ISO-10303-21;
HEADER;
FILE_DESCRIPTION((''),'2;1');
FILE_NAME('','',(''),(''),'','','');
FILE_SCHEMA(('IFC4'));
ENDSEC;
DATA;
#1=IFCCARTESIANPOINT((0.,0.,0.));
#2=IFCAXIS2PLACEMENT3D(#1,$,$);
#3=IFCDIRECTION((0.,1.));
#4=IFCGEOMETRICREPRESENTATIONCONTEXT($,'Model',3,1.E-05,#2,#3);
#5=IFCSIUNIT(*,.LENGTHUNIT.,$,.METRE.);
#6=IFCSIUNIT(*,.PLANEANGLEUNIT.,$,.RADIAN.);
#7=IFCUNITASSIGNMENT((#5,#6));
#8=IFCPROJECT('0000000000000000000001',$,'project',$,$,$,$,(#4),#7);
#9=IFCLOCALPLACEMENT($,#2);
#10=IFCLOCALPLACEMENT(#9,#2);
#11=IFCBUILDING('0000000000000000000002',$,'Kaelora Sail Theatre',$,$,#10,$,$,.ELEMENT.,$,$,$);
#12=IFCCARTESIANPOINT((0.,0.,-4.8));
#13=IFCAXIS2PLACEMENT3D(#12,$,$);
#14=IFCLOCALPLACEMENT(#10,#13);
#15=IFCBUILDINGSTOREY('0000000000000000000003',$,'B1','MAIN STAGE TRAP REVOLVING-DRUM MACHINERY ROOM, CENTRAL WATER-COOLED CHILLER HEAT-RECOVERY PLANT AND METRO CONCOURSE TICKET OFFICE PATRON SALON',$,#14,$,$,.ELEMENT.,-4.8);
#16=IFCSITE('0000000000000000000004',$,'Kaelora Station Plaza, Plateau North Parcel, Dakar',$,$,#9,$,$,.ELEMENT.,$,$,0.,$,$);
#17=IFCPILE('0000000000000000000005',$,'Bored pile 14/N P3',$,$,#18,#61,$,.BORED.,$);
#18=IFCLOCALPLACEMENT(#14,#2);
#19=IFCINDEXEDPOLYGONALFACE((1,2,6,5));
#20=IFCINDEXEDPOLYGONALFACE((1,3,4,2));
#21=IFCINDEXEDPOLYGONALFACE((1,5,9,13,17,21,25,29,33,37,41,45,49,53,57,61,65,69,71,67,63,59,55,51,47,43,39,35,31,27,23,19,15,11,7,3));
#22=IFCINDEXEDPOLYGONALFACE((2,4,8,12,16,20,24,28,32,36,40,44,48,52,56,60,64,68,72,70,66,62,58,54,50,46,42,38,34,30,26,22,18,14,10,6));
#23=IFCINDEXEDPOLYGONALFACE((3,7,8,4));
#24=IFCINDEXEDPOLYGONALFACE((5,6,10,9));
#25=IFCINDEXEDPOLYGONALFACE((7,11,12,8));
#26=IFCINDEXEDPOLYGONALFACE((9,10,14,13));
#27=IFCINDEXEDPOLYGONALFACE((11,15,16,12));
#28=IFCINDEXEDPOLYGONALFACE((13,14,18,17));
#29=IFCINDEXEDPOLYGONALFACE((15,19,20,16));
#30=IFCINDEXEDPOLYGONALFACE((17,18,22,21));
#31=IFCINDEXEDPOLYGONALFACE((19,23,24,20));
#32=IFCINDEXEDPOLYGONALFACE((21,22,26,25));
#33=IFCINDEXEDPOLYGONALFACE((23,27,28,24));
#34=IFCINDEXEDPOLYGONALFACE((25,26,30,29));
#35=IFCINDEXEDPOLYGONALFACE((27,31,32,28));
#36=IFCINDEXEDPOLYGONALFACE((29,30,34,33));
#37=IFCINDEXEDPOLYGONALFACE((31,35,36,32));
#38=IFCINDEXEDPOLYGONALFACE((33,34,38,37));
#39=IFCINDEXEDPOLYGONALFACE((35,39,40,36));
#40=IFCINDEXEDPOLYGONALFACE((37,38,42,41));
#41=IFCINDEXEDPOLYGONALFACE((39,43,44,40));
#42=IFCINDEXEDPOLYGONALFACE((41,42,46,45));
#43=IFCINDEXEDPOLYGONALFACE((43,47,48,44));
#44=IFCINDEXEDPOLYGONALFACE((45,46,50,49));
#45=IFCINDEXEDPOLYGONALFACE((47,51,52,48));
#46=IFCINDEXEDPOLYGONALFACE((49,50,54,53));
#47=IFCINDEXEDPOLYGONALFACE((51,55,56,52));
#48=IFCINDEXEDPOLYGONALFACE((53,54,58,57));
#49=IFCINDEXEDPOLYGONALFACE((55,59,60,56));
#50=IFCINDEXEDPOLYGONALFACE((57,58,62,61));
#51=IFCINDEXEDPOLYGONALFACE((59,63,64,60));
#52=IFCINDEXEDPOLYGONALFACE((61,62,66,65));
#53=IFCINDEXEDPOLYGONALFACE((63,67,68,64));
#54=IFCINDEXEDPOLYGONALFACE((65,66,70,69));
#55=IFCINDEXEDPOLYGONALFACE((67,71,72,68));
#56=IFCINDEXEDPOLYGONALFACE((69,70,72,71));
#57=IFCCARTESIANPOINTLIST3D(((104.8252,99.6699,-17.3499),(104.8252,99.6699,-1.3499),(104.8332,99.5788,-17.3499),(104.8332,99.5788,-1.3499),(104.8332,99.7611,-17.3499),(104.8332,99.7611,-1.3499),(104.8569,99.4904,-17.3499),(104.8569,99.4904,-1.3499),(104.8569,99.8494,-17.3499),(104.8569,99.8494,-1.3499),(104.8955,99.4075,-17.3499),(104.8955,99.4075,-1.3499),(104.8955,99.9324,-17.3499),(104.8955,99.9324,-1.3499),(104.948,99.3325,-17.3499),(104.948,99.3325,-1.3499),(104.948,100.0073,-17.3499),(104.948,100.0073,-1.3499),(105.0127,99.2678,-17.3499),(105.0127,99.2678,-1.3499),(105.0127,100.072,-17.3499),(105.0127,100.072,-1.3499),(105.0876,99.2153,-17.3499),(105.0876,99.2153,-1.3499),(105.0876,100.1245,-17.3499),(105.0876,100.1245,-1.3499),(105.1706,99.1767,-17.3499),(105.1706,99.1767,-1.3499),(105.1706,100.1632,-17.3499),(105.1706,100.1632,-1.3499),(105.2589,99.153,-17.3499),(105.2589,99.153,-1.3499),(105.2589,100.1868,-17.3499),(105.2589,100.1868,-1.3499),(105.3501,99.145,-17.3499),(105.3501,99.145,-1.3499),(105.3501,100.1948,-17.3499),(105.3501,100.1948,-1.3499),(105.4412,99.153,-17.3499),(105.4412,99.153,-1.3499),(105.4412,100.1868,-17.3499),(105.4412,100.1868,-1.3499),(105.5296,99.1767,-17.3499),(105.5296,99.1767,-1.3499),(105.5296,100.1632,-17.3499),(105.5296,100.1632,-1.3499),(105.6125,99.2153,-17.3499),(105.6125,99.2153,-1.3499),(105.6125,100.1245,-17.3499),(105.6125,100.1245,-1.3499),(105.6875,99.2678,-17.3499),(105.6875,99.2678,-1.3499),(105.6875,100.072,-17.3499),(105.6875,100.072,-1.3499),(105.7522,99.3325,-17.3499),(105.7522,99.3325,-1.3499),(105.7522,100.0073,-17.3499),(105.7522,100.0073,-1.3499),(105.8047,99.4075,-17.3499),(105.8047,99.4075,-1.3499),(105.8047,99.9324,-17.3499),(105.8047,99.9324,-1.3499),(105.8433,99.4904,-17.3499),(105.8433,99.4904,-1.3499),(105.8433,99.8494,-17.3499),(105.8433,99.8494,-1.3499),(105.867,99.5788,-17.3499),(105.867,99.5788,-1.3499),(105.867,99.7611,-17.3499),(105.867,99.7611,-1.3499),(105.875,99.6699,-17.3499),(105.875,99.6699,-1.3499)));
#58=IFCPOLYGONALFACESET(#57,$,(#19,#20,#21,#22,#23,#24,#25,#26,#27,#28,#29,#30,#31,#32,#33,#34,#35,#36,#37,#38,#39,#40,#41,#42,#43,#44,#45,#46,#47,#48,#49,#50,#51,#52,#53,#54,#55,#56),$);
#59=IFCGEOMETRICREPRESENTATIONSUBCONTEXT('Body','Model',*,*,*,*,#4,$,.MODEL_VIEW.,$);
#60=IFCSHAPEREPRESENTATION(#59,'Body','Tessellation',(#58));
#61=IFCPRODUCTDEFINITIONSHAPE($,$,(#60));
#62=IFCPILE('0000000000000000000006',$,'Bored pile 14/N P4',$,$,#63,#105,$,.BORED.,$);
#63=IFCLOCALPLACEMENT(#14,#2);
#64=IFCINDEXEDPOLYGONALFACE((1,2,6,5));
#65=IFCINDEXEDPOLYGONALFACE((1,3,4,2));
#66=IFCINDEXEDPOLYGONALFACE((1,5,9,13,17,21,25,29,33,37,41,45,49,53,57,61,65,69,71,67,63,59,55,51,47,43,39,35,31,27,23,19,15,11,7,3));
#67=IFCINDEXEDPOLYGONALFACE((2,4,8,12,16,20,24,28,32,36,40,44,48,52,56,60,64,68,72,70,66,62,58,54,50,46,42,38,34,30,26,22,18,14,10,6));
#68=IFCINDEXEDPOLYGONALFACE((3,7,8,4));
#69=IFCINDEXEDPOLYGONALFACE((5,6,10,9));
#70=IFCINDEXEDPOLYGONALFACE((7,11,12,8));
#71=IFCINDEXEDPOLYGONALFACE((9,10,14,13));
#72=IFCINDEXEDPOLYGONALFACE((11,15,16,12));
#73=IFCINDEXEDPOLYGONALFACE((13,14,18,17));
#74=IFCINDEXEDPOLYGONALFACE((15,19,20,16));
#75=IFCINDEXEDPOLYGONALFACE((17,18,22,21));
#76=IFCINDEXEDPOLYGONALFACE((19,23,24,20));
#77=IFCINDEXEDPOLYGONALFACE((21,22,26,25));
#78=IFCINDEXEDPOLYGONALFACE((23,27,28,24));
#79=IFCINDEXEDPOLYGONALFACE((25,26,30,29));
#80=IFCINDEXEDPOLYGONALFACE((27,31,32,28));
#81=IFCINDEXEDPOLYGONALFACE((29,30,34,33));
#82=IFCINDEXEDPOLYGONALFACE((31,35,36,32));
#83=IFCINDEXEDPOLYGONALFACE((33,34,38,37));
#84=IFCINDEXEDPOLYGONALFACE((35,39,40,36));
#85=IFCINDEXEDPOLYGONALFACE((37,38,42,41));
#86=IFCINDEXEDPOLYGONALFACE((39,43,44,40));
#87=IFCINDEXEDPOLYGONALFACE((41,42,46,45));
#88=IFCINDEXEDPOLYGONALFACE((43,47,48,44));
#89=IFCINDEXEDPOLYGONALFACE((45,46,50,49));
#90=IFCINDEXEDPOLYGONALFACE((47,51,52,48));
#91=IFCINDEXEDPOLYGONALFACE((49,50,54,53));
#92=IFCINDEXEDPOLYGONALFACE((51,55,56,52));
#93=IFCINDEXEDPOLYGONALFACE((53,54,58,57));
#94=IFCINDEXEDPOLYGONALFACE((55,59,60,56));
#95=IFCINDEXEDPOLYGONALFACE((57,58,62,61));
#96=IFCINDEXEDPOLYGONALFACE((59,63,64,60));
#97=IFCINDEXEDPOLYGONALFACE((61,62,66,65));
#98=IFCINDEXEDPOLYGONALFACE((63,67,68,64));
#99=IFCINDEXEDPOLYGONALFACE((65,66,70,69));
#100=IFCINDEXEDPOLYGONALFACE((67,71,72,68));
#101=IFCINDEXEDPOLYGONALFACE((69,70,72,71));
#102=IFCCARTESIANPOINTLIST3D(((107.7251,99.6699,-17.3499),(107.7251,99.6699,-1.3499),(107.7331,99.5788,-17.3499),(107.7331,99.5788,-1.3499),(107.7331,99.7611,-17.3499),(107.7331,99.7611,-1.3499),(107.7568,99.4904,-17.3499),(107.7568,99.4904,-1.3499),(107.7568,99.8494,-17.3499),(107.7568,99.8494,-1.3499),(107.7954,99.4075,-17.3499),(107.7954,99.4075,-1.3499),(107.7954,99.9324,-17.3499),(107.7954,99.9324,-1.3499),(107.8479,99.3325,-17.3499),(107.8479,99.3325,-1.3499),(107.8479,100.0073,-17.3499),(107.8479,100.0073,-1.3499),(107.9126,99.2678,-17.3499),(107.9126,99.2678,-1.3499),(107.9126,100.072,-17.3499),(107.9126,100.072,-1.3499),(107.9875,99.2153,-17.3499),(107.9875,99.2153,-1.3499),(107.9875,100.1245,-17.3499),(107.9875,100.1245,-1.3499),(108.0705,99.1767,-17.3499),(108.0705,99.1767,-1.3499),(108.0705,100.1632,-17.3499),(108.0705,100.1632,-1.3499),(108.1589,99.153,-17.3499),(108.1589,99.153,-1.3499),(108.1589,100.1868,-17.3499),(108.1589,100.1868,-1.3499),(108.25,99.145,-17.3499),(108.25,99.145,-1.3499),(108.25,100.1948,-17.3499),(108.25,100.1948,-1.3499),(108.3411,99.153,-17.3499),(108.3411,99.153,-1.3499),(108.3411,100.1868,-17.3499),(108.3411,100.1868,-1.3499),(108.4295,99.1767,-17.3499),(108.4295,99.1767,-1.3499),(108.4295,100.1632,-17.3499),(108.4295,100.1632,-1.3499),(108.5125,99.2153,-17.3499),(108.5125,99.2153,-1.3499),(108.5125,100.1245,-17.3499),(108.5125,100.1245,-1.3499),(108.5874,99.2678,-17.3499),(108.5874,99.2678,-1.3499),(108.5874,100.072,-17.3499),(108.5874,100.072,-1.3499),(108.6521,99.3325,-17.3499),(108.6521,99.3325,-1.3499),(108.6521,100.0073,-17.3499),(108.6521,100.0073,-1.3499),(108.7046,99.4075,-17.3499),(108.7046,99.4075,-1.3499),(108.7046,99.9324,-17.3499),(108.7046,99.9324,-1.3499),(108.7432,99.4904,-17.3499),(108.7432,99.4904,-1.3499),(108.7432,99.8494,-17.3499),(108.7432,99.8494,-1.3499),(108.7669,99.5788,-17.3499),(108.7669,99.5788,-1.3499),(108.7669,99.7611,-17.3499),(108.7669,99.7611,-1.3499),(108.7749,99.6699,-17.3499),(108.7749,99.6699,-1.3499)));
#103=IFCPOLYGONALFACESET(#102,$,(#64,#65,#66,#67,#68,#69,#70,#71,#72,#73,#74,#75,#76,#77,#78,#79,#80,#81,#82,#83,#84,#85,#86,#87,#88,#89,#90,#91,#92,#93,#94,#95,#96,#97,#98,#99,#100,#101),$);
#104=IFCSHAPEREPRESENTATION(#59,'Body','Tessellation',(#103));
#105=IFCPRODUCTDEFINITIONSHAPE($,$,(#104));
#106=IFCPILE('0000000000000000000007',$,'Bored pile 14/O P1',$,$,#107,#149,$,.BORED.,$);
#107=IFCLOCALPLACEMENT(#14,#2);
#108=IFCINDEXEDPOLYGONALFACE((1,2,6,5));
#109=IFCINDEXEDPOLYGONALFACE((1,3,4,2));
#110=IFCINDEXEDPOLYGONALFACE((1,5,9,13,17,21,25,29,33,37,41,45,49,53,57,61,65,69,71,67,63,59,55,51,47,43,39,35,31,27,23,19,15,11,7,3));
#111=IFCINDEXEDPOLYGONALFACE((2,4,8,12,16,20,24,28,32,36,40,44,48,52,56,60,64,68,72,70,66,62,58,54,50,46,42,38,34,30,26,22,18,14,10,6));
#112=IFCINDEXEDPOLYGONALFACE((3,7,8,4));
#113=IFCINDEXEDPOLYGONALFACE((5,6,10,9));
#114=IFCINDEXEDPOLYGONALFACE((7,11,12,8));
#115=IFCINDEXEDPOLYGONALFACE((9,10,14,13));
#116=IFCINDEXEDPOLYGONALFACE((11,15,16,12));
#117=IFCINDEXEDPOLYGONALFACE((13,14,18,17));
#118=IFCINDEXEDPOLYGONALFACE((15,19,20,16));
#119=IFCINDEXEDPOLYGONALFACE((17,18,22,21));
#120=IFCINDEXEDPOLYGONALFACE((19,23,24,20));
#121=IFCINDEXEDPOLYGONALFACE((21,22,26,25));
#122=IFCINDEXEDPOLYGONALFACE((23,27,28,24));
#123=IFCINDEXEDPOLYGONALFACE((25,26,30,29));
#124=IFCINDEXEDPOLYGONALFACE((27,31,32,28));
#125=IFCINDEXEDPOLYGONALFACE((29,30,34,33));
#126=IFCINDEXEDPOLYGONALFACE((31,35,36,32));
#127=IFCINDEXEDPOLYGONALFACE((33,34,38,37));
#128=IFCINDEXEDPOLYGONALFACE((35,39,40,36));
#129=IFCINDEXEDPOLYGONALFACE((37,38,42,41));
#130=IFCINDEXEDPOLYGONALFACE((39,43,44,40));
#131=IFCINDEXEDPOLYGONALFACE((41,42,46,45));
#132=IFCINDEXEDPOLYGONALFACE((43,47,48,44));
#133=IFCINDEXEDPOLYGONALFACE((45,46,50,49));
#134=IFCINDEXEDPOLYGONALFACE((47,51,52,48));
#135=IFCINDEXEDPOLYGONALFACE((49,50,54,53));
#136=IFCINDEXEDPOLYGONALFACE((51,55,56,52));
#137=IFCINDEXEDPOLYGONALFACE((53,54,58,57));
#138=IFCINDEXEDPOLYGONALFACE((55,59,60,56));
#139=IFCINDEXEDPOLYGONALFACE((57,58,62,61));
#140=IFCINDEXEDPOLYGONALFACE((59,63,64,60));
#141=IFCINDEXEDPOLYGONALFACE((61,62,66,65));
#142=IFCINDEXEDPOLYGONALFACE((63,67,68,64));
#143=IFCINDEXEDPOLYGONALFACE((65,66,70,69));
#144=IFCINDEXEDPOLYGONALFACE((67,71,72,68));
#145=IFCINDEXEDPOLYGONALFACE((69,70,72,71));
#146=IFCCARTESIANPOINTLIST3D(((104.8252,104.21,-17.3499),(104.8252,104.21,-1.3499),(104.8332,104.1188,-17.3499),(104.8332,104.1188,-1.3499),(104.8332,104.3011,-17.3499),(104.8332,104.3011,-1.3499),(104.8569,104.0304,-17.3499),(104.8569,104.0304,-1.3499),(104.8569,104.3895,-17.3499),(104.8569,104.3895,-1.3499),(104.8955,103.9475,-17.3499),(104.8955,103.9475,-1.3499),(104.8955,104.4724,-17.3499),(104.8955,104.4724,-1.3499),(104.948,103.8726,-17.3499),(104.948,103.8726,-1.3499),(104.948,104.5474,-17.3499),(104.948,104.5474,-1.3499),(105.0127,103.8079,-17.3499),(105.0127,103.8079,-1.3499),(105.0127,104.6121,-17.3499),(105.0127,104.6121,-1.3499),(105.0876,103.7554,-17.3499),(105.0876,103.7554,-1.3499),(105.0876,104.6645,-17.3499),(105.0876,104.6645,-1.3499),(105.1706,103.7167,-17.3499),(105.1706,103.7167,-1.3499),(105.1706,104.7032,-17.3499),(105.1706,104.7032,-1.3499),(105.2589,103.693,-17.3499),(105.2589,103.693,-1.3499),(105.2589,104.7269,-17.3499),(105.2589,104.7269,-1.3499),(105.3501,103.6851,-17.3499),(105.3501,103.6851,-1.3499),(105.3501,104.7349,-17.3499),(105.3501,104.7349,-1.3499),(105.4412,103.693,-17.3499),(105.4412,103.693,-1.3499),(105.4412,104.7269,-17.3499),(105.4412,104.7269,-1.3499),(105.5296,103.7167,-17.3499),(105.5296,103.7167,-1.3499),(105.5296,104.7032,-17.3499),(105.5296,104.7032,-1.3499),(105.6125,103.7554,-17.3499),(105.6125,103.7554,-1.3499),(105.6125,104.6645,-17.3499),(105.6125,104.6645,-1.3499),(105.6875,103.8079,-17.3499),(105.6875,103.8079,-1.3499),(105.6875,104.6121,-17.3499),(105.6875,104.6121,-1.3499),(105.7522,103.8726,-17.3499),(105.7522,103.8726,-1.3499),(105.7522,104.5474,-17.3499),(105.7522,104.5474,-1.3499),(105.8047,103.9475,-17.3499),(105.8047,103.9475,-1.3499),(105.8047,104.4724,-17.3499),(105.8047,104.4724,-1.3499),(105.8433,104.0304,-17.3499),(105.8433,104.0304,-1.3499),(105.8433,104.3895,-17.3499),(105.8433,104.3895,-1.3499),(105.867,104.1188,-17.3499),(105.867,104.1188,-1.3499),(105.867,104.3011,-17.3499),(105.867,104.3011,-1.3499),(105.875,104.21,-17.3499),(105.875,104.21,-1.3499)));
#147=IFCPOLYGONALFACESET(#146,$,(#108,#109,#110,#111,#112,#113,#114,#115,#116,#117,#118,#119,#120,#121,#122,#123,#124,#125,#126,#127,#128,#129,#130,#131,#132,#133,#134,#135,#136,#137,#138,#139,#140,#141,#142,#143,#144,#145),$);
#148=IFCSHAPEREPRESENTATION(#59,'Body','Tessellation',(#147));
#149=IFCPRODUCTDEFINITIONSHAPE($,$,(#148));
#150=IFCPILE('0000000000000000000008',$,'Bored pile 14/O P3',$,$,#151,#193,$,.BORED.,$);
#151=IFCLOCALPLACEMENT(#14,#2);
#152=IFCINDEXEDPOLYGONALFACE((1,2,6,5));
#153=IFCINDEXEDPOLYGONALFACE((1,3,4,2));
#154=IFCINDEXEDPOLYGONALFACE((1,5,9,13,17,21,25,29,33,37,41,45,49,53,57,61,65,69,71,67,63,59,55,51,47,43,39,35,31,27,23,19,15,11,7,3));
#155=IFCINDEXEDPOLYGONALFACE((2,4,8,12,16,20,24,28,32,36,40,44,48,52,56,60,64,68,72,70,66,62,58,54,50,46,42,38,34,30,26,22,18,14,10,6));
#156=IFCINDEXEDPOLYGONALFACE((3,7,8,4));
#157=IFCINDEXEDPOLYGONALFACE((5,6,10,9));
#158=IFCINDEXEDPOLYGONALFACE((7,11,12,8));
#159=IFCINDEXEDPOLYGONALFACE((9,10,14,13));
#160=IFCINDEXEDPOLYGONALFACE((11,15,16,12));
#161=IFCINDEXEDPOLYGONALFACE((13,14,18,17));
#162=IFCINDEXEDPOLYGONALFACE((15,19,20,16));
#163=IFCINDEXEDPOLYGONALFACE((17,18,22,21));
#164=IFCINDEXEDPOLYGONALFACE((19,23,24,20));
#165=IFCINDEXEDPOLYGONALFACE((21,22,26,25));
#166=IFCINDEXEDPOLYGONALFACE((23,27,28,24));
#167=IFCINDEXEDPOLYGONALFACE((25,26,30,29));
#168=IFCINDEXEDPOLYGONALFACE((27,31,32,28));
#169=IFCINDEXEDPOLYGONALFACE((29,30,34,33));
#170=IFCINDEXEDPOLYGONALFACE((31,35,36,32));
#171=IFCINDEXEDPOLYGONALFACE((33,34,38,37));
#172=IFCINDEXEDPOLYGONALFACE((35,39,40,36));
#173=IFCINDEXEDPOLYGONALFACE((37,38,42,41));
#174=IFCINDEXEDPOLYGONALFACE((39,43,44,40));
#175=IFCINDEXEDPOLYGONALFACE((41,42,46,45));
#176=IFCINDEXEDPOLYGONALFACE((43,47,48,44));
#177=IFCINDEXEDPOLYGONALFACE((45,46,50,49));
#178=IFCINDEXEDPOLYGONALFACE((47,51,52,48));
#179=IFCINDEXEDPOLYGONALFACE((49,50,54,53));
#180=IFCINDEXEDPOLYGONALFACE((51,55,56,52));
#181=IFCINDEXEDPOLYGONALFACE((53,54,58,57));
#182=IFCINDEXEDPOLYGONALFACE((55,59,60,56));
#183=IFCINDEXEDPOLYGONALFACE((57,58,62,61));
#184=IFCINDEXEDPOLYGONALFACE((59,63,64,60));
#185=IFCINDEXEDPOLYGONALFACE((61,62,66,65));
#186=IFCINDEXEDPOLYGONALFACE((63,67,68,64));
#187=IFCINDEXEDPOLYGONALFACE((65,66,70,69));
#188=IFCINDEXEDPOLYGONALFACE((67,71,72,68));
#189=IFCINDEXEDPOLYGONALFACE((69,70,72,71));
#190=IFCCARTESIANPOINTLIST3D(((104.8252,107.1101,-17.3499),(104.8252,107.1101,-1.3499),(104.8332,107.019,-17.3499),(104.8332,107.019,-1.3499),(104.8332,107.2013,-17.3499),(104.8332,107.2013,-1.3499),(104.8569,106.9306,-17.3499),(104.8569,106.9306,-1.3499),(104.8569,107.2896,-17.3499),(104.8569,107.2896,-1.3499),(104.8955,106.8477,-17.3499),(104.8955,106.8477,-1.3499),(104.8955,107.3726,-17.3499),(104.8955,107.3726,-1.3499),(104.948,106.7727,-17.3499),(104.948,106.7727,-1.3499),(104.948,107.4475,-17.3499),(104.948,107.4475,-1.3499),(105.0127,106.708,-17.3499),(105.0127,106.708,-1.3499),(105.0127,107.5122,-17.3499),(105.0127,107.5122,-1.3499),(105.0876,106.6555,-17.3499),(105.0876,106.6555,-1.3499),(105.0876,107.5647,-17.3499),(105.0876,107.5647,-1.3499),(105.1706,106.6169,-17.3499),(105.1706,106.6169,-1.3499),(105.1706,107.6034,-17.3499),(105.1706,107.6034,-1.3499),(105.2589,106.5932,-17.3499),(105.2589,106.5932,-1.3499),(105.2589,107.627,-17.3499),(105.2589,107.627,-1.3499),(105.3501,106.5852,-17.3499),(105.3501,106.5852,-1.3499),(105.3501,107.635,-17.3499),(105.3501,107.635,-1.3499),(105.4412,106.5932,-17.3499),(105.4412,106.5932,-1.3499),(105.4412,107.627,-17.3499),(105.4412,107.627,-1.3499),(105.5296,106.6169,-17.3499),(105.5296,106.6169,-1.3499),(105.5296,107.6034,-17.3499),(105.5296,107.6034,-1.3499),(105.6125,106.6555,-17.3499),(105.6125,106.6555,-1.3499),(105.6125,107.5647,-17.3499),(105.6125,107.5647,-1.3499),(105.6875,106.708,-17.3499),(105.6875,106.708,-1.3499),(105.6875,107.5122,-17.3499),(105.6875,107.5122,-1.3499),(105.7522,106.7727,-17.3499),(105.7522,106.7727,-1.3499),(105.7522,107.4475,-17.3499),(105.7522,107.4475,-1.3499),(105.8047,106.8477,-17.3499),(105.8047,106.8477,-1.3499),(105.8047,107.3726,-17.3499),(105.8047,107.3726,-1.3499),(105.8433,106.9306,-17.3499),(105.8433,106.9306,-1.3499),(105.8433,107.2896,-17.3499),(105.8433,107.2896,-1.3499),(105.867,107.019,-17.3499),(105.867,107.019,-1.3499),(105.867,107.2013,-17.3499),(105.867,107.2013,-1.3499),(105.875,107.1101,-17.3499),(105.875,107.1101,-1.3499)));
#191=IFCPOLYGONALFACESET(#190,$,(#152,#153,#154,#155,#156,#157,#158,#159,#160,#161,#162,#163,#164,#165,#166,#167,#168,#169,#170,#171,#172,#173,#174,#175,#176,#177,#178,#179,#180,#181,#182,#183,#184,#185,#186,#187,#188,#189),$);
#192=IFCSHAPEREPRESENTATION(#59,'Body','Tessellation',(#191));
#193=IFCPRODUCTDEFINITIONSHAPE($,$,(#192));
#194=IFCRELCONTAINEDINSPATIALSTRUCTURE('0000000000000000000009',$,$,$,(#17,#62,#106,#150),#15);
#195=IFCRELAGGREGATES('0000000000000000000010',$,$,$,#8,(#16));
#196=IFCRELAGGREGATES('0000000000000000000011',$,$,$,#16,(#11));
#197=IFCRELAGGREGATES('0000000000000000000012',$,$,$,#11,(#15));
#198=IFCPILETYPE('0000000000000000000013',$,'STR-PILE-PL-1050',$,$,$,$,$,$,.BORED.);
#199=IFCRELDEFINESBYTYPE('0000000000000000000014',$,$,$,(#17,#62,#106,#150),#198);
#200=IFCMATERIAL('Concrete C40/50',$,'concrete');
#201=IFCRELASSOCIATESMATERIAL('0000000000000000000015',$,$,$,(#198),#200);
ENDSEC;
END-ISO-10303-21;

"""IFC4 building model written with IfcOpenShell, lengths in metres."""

from ifc_helpers import new_model, si_unit, direction, frame, origin, origin_2d, place, context, subcontext, project, spatial, circle, extrude, material, material_profile, profile_set, type_object, element, save


model = new_model("IFC4")

# Units and contexts
model_context = context("Model", 3, precision=1e-05, world=origin(), true_north=direction((0.0, 1.0)))
body_context = subcontext(model_context, "Body", "Model", "MODEL_VIEW")
ifc_project = project(units=[si_unit("LENGTHUNIT", "METRE"), si_unit("PLANEANGLEUNIT", "RADIAN")], contexts=[model_context])

# Site, building, storey
site_placement = place(None, origin())
site = spatial("IfcSite", under=ifc_project, at=site_placement, Name="Kaelora Station Plaza, Plateau North Parcel, Dakar", CompositionType="ELEMENT", RefElevation=0.0)
building_placement = place(site_placement, origin())
building = spatial("IfcBuilding", under=site, at=building_placement, Name="Kaelora Sail Theatre", CompositionType="ELEMENT")
storey_placement = place(building_placement, frame((0.0, 0.0, -4.8)))
storey = spatial("IfcBuildingStorey", under=building, at=storey_placement, Name="B1", Description="MAIN STAGE TRAP REVOLVING-DRUM MACHINERY ROOM, CENTRAL WATER-COOLED CHILLER HEAT-RECOVERY PLANT AND METRO CONCOURSE TICKET OFFICE PATRON SALON", CompositionType="ELEMENT", Elevation=-4.8)

# Piles
ifc_material_1 = material(Name="Concrete C40/50", Category="concrete")
ifc_material_profile_1 = material_profile(ifc_material_1, circle(Radius=0.5249, at=origin_2d()), Name="PILE D1050")
ifc_profile_set_1 = profile_set([ifc_material_profile_1], Name="Concrete C40/50")
pile_type_1 = type_object("IfcPileType", Name="STR-PILE-PL-1050", PredefinedType="BORED", material=ifc_profile_set_1)
for number, where, z_axis, x_axis, name in (
    (1, (105.3501, 99.6699, -1.3499), (0.0, 0.0, -1.0), (1.0, 0.0, 0.0), "Bored pile 14/N P3"),
    (2, (108.25, 99.6699, -1.3499), (0.0, 0.0, -1.0), (1.0, 0.0, 0.0), "Bored pile 14/N P4"),
    (3, (105.3501, 104.21, -1.3499), (0.0, 0.0, -1.0), (1.0, 0.0, 0.0), "Bored pile 14/O P1"),
    (4, (105.3501, 107.1101, -1.3499), (0.0, 0.0, -1.0), (1.0, 0.0, 0.0), "Bored pile 14/O P3"),
):
    element("IfcPile", number, at=place(storey_placement, frame(where, z_axis=z_axis, x_axis=x_axis)), inside=storey, type_object=pile_type_1, Name=name, PredefinedType="BORED", context=body_context, shape_type="SweptSolid", body=[
        extrude(circle(Radius=0.5249, at=origin_2d()), origin(), (0.0, 0.0, 1.0), 16.0),
    ])

save(model, "model.ifc")
